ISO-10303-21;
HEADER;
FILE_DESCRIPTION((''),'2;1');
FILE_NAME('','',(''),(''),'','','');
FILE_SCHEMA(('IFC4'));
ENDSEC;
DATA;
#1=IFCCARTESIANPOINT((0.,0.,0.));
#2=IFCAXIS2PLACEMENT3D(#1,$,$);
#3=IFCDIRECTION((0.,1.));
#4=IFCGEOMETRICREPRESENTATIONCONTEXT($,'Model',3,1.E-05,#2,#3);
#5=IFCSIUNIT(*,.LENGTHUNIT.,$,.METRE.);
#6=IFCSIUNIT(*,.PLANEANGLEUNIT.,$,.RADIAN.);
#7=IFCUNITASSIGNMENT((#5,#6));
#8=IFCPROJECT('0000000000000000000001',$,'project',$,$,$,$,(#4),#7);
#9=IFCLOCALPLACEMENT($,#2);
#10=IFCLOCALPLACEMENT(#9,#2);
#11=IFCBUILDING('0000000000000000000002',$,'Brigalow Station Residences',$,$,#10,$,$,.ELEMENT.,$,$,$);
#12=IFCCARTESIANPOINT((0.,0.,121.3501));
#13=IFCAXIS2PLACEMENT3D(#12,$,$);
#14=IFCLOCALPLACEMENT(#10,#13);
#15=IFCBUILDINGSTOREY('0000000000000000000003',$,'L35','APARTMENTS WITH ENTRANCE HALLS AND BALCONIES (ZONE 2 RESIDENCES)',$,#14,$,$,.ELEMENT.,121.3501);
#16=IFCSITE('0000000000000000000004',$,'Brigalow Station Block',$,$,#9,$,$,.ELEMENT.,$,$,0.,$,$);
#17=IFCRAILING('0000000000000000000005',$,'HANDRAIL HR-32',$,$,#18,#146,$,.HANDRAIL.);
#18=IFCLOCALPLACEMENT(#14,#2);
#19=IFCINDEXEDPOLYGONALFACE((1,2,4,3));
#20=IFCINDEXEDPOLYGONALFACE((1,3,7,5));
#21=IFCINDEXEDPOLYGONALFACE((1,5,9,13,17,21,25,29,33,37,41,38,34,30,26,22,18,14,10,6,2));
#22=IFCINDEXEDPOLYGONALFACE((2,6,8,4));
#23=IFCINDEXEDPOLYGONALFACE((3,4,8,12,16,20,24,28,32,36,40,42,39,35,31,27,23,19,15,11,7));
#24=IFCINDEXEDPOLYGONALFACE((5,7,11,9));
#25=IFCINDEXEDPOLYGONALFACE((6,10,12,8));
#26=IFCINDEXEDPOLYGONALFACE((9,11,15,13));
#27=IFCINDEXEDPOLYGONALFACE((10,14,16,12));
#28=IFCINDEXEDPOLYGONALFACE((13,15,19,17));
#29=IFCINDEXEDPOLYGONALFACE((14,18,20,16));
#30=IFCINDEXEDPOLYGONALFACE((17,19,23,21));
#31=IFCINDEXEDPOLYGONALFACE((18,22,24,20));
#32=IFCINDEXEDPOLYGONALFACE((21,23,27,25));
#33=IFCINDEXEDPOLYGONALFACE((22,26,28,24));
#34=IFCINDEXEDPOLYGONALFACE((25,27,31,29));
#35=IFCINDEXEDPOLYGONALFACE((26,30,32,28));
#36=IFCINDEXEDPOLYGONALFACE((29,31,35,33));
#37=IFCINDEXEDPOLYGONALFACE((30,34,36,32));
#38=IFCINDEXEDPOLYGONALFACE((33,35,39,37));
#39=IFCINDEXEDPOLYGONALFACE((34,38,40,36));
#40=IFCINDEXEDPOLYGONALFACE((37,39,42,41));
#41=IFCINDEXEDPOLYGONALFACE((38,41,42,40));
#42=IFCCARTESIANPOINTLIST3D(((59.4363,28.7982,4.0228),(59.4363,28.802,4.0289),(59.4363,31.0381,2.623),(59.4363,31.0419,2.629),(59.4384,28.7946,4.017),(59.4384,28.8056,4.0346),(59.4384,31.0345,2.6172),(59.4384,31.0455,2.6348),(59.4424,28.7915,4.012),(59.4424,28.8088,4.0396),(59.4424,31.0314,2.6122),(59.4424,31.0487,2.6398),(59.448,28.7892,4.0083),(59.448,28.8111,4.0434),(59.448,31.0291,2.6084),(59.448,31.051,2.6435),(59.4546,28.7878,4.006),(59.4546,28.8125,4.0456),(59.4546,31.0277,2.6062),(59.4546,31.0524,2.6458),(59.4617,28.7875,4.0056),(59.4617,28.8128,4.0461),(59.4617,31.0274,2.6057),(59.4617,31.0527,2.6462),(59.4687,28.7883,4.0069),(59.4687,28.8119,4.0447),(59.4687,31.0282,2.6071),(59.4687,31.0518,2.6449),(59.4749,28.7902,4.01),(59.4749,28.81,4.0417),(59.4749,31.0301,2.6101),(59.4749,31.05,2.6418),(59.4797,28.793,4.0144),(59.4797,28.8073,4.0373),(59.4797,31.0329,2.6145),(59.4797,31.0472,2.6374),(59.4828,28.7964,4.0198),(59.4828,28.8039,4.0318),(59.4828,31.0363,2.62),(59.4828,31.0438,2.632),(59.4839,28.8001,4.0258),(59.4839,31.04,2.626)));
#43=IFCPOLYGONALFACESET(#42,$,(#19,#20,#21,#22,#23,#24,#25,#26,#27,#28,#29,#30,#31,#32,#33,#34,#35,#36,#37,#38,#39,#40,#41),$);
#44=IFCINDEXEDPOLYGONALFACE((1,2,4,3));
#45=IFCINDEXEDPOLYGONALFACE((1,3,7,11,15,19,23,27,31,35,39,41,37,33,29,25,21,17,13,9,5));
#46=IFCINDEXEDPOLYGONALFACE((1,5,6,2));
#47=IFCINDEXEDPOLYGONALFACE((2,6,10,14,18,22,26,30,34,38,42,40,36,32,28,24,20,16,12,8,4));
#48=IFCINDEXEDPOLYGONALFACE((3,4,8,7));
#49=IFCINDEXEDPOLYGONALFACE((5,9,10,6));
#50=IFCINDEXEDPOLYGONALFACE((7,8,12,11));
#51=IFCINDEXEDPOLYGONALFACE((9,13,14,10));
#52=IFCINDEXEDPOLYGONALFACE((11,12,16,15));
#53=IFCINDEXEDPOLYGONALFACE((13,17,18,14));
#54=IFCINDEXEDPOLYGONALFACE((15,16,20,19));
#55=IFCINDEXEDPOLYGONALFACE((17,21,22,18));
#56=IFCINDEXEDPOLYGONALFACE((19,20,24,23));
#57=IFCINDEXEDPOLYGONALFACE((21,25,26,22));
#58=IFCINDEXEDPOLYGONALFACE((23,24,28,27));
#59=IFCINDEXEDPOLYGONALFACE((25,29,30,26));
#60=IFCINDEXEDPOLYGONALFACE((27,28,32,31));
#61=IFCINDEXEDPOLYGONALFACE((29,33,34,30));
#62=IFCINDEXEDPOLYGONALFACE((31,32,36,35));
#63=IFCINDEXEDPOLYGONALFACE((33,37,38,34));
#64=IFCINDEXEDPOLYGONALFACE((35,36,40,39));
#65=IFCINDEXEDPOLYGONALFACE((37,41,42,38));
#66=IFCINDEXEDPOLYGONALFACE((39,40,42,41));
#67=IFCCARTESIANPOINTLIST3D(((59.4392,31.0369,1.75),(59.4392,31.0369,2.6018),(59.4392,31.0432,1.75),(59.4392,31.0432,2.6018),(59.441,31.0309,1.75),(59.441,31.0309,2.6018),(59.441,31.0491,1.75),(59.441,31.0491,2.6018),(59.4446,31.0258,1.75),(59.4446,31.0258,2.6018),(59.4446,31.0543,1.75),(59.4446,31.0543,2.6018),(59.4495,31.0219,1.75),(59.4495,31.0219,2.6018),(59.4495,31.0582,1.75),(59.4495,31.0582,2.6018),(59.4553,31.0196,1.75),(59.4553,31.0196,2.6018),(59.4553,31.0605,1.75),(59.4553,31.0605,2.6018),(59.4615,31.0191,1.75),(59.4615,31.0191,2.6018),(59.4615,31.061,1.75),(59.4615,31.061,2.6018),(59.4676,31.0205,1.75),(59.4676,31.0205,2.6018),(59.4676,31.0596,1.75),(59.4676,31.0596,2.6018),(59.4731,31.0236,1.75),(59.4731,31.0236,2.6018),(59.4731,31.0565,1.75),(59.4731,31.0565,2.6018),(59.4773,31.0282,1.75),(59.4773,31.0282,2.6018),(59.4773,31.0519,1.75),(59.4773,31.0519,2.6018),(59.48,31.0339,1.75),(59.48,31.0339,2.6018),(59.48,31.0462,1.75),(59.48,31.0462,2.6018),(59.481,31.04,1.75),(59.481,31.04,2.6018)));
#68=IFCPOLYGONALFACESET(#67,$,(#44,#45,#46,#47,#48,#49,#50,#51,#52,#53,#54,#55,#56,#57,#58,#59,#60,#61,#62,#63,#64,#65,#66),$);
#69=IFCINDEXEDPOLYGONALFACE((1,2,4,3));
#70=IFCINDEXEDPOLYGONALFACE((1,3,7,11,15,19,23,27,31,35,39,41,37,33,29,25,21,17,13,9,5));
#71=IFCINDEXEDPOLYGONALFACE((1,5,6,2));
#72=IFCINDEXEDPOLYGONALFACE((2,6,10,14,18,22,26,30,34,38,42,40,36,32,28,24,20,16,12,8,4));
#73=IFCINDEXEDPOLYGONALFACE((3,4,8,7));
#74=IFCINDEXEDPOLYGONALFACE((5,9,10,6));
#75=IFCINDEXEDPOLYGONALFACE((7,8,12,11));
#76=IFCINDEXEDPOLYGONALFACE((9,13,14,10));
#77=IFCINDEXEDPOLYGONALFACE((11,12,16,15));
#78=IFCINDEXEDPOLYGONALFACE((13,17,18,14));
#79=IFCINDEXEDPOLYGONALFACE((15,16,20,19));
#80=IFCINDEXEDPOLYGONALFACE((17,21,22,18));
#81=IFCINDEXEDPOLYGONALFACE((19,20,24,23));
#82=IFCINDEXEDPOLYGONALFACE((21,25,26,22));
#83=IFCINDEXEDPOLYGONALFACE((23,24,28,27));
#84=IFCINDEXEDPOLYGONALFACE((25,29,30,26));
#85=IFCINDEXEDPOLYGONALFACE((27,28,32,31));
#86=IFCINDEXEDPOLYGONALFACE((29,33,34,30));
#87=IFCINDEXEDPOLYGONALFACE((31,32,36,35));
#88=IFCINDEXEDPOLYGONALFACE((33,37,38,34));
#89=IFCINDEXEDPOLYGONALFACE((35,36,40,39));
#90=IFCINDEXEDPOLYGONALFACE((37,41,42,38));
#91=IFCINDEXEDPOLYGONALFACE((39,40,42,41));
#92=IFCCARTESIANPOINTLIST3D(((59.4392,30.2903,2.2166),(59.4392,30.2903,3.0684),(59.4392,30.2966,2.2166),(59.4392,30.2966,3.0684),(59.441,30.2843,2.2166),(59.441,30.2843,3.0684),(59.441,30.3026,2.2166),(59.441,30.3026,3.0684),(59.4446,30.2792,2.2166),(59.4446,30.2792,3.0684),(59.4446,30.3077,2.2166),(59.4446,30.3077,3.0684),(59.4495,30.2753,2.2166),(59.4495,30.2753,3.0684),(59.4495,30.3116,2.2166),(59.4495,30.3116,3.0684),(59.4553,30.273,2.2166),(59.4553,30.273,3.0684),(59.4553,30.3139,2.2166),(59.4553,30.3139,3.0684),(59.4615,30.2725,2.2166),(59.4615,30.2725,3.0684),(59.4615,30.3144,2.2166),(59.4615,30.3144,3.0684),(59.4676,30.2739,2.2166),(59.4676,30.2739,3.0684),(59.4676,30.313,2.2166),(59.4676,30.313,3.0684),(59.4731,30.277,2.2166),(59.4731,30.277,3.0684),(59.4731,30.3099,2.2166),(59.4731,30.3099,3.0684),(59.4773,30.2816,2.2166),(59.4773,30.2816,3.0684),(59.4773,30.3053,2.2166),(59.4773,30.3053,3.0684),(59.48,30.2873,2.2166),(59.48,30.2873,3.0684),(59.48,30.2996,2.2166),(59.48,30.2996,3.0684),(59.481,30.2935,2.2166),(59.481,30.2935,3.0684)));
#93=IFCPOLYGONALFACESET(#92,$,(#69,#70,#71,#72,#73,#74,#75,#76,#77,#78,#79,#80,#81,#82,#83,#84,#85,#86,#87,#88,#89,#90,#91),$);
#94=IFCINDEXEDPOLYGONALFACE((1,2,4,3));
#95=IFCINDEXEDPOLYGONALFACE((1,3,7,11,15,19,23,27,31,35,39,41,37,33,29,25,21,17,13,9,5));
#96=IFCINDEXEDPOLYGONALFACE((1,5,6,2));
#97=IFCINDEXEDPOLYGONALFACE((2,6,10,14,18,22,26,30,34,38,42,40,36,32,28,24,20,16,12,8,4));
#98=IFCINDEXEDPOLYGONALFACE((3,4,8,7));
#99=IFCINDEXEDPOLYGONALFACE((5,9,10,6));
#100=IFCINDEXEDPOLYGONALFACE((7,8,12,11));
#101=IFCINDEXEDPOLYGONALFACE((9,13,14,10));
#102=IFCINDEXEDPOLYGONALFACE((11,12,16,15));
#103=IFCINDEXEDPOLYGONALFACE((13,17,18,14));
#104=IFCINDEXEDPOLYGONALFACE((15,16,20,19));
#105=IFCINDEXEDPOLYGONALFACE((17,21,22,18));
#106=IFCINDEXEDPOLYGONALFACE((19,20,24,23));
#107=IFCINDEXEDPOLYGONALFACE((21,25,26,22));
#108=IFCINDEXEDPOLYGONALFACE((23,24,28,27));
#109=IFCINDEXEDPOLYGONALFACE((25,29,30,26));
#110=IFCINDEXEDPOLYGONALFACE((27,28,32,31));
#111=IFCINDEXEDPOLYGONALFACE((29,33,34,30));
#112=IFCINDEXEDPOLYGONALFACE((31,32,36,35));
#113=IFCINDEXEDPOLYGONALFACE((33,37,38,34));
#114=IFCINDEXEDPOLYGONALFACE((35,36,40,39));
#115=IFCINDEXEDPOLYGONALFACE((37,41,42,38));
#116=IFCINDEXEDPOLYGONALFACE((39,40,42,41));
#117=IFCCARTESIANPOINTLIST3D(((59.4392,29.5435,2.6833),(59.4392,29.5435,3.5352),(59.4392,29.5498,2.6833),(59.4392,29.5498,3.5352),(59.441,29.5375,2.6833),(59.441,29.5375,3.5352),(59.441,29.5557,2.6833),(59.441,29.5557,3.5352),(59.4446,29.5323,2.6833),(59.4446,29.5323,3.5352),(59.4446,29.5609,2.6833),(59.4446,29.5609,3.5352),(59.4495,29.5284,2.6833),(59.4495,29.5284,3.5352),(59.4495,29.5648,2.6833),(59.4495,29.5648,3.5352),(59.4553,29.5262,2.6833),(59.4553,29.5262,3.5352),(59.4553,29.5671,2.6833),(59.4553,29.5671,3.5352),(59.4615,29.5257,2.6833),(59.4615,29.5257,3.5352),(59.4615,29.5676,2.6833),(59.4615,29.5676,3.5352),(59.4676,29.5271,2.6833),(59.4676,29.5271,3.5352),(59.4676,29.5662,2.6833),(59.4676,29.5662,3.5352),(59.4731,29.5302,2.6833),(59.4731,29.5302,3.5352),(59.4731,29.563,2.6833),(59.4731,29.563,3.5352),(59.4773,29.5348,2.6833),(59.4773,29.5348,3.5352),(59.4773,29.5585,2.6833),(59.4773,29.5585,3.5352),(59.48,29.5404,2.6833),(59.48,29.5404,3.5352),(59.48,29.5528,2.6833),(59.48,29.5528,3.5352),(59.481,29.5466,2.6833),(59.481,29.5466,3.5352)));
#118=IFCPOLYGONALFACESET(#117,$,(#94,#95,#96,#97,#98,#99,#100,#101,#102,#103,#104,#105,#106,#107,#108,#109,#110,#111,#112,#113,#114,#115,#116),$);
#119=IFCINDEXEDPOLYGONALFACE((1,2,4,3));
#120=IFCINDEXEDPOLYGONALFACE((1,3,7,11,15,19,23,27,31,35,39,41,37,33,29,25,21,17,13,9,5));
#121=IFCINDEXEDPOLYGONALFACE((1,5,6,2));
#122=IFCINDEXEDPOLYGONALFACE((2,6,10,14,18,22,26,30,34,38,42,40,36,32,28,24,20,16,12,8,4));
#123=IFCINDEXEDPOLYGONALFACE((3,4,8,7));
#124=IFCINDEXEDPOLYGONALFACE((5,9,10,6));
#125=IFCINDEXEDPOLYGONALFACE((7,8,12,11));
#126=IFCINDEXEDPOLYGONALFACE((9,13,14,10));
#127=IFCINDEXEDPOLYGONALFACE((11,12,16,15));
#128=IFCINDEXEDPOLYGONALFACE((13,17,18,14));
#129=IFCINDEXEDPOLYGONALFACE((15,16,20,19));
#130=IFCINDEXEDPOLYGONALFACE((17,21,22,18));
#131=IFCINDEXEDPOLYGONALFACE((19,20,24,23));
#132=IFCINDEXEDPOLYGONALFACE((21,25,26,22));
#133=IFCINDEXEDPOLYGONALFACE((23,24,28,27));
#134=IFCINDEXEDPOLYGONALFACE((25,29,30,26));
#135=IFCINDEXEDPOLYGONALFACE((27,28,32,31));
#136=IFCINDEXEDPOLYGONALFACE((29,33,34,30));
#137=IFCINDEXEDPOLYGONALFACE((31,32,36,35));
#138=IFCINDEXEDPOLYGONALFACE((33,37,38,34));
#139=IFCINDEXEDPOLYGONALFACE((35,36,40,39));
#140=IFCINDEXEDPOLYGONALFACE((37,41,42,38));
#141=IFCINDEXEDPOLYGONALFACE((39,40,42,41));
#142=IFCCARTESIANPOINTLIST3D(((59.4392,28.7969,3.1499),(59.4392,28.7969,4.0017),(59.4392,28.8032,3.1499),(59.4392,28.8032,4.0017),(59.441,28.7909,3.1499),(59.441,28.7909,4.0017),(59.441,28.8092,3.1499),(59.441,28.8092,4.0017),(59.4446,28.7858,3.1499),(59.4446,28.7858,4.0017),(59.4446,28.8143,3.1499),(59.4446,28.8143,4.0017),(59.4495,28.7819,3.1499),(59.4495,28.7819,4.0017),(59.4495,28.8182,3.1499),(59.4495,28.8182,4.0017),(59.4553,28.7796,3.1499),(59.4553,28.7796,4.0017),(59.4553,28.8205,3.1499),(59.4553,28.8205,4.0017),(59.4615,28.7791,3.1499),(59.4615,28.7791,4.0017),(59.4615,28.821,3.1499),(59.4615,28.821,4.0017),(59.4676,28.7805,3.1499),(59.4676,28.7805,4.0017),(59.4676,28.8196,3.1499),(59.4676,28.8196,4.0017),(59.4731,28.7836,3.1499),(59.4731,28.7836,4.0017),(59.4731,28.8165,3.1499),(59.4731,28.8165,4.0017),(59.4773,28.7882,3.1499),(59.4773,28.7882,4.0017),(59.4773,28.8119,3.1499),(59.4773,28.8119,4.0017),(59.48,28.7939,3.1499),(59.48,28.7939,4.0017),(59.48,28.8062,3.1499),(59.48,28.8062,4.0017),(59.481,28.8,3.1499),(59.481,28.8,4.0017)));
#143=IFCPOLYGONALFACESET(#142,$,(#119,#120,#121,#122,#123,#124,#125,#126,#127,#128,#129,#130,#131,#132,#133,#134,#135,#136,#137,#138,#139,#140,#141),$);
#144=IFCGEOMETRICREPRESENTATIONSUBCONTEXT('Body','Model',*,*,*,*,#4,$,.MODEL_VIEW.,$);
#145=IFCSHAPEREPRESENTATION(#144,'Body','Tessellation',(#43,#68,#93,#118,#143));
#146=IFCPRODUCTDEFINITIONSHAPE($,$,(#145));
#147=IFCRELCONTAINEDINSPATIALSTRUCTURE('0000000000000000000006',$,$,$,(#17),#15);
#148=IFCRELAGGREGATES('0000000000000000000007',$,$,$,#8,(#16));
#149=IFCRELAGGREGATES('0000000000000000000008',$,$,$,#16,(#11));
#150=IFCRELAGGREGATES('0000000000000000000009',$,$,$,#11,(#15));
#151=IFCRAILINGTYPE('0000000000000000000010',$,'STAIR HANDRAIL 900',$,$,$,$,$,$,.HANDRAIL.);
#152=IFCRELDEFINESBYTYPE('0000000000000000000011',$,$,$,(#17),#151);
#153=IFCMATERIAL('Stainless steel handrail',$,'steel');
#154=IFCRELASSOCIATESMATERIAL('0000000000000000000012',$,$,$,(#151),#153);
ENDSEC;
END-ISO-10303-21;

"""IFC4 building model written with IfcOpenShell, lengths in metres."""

from ifc_helpers import new_model, si_unit, direction, frame, origin, origin_2d, place, context, subcontext, project, spatial, circle, extrude, material, type_object, element, save


model = new_model("IFC4")

# Units and contexts
model_context = context("Model", 3, precision=1e-05, world=origin(), true_north=direction((0.0, 1.0)))
body_context = subcontext(model_context, "Body", "Model", "MODEL_VIEW")
ifc_project = project(units=[si_unit("LENGTHUNIT", "METRE"), si_unit("PLANEANGLEUNIT", "RADIAN")], contexts=[model_context])

# Site, building, storey
site_placement = place(None, origin())
site = spatial("IfcSite", under=ifc_project, at=site_placement, Name="Brigalow Station Block", CompositionType="ELEMENT", RefElevation=0.0)
building_placement = place(site_placement, origin())
building = spatial("IfcBuilding", under=site, at=building_placement, Name="Brigalow Station Residences", CompositionType="ELEMENT")
storey_placement = place(building_placement, frame((0.0, 0.0, 121.3501)))
storey = spatial("IfcBuildingStorey", under=building, at=storey_placement, Name="L35", Description="APARTMENTS WITH ENTRANCE HALLS AND BALCONIES (ZONE 2 RESIDENCES)", CompositionType="ELEMENT", Elevation=121.3501)

# Railing
ifc_material_1 = material(Name="Stainless steel handrail", Category="steel")
railing_type = type_object("IfcRailingType", Name="STAIR HANDRAIL 900", PredefinedType="HANDRAIL", material=ifc_material_1)
railing_placement = place(storey_placement, frame((59.46, 31.04, 1.75)))
element("IfcRailing", 1, at=railing_placement, inside=storey, type_object=railing_type, Name="HANDRAIL HR-32", PredefinedType="HANDRAIL", context=body_context, shape_type="SweptSolid", body=[
    extrude(circle(Radius=0.0239, at=origin_2d()), frame((0.0, 0.0, 0.876), z_axis=(0.0, -0.848014, 0.529974), x_axis=(1.0, 0.0, 0.0)), (0.0, 0.0, 1.0), 2.6414),
    extrude(circle(Radius=0.021, at=origin_2d()), origin(), (0.0, 0.0, 1.0), 0.8518),
    extrude(circle(Radius=0.021, at=origin_2d()), frame((0.0, -0.7466, 0.4666)), (0.0, 0.0, 1.0), 0.8518),
    extrude(circle(Radius=0.021, at=origin_2d()), frame((0.0, -1.4934, 0.9333)), (0.0, 0.0, 1.0), 0.8518),
    extrude(circle(Radius=0.021, at=origin_2d()), frame((0.0, -2.24, 1.3999)), (0.0, 0.0, 1.0), 0.8518),
])

save(model, "model.ifc")
